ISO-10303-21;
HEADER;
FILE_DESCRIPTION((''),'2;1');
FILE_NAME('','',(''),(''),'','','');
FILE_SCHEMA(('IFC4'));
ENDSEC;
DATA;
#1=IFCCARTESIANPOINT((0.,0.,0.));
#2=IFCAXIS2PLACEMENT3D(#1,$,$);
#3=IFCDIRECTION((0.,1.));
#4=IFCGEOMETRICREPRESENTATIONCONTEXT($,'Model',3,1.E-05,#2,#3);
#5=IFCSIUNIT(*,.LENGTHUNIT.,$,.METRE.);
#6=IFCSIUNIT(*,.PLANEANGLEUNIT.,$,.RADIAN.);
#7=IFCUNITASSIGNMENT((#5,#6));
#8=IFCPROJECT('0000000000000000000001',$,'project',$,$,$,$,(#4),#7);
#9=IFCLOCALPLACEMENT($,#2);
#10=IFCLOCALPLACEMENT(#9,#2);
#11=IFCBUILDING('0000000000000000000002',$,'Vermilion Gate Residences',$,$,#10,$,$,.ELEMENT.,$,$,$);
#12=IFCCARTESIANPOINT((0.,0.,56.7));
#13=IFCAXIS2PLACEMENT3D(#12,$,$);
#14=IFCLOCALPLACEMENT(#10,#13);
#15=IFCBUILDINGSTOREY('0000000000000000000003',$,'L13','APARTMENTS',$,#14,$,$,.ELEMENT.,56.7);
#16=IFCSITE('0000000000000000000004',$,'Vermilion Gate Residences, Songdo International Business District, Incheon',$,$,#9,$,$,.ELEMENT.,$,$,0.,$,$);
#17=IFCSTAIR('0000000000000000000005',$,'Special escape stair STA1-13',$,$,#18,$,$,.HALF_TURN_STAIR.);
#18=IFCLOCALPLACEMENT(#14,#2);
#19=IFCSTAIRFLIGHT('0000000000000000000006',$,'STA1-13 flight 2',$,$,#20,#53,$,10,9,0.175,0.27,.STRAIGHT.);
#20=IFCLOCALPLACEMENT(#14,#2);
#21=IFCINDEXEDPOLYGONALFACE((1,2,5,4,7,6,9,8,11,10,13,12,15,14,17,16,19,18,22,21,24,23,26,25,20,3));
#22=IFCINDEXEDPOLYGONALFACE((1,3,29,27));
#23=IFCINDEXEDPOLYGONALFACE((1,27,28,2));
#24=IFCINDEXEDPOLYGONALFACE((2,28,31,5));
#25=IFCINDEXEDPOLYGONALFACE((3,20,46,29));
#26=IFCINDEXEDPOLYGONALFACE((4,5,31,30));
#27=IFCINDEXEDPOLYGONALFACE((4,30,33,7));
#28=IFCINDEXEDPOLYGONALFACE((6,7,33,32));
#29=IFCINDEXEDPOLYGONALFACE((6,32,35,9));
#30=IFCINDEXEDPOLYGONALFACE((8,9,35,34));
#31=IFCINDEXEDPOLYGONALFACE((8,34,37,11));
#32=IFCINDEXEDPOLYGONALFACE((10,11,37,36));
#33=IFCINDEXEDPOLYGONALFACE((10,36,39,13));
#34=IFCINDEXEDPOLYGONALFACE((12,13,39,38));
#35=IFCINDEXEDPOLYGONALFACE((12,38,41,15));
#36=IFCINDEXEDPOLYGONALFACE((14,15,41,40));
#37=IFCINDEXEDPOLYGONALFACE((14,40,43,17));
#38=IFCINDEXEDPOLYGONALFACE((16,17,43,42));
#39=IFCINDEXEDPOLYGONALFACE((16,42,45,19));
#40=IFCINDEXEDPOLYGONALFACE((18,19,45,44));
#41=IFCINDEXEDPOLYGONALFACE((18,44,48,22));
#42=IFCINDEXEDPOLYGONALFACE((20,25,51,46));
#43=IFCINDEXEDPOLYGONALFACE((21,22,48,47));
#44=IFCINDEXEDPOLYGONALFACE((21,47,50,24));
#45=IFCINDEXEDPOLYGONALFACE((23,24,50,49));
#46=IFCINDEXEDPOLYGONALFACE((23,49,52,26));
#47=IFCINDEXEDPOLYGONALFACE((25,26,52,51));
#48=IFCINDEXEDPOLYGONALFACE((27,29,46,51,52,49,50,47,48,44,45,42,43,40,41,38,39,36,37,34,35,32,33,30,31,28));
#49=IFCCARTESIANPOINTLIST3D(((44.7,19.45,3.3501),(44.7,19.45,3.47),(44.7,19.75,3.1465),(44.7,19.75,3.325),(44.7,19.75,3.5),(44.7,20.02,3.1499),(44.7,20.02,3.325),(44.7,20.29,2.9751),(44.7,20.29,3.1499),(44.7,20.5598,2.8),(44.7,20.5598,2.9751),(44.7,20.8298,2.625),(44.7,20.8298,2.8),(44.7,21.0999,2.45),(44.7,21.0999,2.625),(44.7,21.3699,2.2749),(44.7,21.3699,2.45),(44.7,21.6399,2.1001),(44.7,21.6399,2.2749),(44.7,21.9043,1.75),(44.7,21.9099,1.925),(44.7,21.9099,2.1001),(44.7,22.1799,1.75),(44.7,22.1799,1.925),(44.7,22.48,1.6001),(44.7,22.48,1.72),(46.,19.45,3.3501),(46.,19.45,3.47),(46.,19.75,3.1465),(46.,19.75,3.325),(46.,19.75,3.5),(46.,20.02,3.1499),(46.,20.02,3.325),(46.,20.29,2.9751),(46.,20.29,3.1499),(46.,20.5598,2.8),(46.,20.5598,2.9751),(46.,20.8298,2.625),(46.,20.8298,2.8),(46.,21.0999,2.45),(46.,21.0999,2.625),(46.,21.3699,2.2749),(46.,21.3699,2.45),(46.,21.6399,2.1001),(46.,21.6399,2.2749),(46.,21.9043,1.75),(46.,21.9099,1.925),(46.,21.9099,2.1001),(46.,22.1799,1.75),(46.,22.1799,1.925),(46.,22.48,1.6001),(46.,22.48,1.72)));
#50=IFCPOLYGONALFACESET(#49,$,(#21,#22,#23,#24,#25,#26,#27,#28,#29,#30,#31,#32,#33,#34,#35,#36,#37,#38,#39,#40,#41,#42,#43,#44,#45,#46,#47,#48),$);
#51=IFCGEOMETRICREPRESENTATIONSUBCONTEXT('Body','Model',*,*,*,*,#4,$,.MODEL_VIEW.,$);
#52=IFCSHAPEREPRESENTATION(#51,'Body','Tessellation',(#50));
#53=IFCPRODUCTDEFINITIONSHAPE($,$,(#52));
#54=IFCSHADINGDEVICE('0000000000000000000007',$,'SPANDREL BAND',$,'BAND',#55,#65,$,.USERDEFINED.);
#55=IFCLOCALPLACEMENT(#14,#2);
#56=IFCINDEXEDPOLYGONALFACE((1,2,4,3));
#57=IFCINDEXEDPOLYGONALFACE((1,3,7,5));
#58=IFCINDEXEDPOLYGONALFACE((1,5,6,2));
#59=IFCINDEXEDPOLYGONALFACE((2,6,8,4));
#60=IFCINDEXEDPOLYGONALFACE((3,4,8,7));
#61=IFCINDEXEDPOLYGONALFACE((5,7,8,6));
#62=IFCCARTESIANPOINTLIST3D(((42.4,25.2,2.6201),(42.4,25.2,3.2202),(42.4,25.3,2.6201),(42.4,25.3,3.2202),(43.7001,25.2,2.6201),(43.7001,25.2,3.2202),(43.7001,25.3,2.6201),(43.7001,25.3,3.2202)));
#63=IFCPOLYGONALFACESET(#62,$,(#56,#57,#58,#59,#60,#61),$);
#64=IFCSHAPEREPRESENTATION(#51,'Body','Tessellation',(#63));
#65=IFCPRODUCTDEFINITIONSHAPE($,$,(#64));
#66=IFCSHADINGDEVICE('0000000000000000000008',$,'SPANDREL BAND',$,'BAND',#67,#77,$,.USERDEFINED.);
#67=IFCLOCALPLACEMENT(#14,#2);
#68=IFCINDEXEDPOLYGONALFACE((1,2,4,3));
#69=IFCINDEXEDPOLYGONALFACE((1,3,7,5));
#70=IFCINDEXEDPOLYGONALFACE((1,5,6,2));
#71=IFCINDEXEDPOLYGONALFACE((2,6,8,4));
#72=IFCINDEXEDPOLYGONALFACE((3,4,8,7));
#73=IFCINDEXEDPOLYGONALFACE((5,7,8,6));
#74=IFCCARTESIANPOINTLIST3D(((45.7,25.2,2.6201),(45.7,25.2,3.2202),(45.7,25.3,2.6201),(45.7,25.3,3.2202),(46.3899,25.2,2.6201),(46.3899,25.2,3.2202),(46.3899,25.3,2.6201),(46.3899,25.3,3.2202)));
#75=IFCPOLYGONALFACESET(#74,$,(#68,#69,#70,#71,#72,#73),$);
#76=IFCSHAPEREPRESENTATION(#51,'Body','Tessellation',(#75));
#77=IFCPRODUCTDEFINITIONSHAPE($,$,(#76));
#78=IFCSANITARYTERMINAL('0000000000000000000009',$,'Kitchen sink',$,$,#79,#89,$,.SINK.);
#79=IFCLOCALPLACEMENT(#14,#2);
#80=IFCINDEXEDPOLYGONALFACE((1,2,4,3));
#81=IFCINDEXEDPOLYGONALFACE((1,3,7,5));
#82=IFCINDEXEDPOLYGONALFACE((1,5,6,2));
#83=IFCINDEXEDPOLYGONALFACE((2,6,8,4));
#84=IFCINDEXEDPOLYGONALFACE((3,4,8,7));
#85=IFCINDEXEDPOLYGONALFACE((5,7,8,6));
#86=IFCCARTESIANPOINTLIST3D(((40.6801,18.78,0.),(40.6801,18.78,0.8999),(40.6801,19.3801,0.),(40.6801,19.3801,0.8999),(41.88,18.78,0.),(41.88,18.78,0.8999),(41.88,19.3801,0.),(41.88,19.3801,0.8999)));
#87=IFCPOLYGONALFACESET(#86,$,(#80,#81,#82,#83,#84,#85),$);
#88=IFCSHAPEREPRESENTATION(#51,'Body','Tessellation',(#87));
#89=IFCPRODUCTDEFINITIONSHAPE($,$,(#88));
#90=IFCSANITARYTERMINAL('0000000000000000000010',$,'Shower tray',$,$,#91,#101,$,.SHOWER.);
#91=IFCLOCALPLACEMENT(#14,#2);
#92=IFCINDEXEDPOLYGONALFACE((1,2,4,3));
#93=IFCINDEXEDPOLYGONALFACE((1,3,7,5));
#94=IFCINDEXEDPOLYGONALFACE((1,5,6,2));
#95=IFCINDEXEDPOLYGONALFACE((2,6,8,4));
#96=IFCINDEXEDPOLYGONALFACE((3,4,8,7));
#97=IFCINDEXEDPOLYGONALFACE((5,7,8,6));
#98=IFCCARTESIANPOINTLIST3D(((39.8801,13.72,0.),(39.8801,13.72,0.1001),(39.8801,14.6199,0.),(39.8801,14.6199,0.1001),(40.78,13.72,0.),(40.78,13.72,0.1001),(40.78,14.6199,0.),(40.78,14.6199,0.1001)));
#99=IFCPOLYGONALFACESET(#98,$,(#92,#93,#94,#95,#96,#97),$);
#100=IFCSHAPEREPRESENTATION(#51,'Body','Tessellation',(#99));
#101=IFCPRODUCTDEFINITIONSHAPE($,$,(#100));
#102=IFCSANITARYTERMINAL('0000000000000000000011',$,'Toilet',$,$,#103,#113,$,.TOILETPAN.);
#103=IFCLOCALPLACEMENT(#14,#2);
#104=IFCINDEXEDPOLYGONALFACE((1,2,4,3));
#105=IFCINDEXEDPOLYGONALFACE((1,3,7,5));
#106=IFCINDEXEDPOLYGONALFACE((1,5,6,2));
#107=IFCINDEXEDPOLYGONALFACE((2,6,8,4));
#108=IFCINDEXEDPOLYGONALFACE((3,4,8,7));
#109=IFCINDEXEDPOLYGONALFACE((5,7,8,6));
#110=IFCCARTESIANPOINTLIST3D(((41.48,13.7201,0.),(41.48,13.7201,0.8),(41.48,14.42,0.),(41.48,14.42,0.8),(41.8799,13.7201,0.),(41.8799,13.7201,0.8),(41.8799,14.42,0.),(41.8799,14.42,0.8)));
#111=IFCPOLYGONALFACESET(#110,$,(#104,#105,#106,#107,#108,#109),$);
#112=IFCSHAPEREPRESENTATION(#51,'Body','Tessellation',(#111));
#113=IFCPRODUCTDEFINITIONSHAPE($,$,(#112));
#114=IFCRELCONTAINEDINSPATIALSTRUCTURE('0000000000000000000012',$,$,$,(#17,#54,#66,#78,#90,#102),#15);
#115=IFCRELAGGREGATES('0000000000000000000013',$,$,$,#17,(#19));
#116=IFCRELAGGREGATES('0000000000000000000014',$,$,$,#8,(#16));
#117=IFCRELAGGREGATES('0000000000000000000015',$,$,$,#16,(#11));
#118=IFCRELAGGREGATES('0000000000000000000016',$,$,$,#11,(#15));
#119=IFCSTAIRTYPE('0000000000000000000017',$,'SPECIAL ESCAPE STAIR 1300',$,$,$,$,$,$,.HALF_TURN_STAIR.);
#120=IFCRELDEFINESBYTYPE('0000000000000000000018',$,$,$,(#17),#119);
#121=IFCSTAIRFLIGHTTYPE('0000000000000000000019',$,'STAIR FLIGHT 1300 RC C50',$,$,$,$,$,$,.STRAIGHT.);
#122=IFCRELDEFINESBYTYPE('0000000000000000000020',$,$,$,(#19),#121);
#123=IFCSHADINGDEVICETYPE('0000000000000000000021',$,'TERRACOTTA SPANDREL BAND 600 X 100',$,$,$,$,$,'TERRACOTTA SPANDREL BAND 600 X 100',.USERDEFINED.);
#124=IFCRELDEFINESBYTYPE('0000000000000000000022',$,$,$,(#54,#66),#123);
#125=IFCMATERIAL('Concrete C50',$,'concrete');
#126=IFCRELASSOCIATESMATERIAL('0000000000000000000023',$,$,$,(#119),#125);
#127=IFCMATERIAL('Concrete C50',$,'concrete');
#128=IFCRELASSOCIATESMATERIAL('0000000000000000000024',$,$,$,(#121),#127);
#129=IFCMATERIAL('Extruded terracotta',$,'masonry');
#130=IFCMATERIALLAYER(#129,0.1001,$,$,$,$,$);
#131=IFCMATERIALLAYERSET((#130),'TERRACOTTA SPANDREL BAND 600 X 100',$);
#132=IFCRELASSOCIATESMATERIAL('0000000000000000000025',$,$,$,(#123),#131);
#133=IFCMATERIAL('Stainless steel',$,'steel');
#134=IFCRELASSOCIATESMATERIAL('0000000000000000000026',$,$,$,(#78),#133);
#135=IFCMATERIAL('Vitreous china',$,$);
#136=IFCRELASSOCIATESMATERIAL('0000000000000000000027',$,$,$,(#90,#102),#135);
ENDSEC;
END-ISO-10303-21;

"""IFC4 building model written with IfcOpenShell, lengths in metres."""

from ifc_helpers import new_model, si_unit, direction, frame, origin, origin_2d, place, context, subcontext, project, spatial, polyline, rectangle, outline, extrude, material, layer, layer_set, type_object, element, aggregate, save


model = new_model("IFC4")

# Units and contexts
model_context = context("Model", 3, precision=1e-05, world=origin(), true_north=direction((0.0, 1.0)))
body_context = subcontext(model_context, "Body", "Model", "MODEL_VIEW")
ifc_project = project(units=[si_unit("LENGTHUNIT", "METRE"), si_unit("PLANEANGLEUNIT", "RADIAN")], contexts=[model_context])

# Site, building, storey
site_placement = place(None, origin())
site = spatial("IfcSite", under=ifc_project, at=site_placement, Name="Vermilion Gate Residences, Songdo International Business District, Incheon", CompositionType="ELEMENT", RefElevation=0.0)
building_placement = place(site_placement, origin())
building = spatial("IfcBuilding", under=site, at=building_placement, Name="Vermilion Gate Residences", CompositionType="ELEMENT")
storey_placement = place(building_placement, frame((0.0, 0.0, 56.7)))
storey = spatial("IfcBuildingStorey", under=building, at=storey_placement, Name="L13", Description="APARTMENTS", CompositionType="ELEMENT", Elevation=56.7)

# Stair, stair flight
ifc_material_1 = material(Name="Concrete C50", Category="concrete")
stair_type = type_object("IfcStairType", Name="SPECIAL ESCAPE STAIR 1300", PredefinedType="HALF_TURN_STAIR", material=ifc_material_1)
stair_placement = place(storey_placement, origin())
stair = element("IfcStair", 1, at=stair_placement, inside=storey, type_object=stair_type, Name="Special escape stair STA1-13", PredefinedType="HALF_TURN_STAIR")
ifc_material_2 = material(Name="Concrete C50", Category="concrete")
stair_flight_type = type_object("IfcStairFlightType", Name="STAIR FLIGHT 1300 RC C50", PredefinedType="STRAIGHT", material=ifc_material_2)
stair_flight_1_placement = place(storey_placement, frame((45.3501, 22.1799, 1.75), z_axis=(0.0, 0.0, 1.0), x_axis=(0.0, -1.0, 0.0)))
stair_flight_1 = element("IfcStairFlight", 2, at=stair_flight_1_placement, type_object=stair_flight_type, Name="STA1-13 flight 2", NumberOfRisers=10, NumberOfTreads=9, PredefinedType="STRAIGHT", RiserHeight=0.175, TreadLength=0.27, context=body_context, shape_type="SweptSolid", body=[
    extrude(outline(polyline([(-0.3, -0.1499), (-0.3, -0.03), (0.0, 0.0), (0.0, 0.175), (0.27, 0.175), (0.27, 0.3501), (0.54, 0.3501), (0.54, 0.5249), (0.8101, 0.5249), (0.8101, 0.7), (1.0801, 0.7), (1.0801, 0.875), (1.3501, 0.875), (1.3501, 1.05), (1.6201, 1.05), (1.6201, 1.2251), (1.8899, 1.2251), (1.8899, 1.3999), (2.1599, 1.3999), (2.1599, 1.575), (2.4299, 1.575), (2.4299, 1.75), (2.73, 1.72), (2.73, 1.6001), (2.4299, 1.3965), (0.2756, 0.0), (-0.3, -0.1499)])), frame((0.0, 0.6499, 0.0), z_axis=(0.0, -1.0, 0.0), x_axis=(1.0, 0.0, 0.0)), (0.0, 0.0, 1.0), 1.3),
])
aggregate(stair, [stair_flight_1])

# Shading devices
ifc_material_3 = material(Name="Extruded terracotta", Category="masonry")
ifc_layer_1 = layer(ifc_material_3, 0.1001)
ifc_layer_set_1 = layer_set([ifc_layer_1], Name="TERRACOTTA SPANDREL BAND 600 X 100")
shading_device_type = type_object("IfcShadingDeviceType", Name="TERRACOTTA SPANDREL BAND 600 X 100", ElementType="TERRACOTTA SPANDREL BAND 600 X 100", PredefinedType="USERDEFINED", material=ifc_layer_set_1)
shading_device_1_placement = place(storey_placement, frame((43.05, 25.25, 2.6201), z_axis=(0.0, 0.0, 1.0), x_axis=(1.0, 0.0, 0.0)))
element("IfcShadingDevice", 3, at=shading_device_1_placement, inside=storey, type_object=shading_device_type, Name="SPANDREL BAND", ObjectType="BAND", PredefinedType="USERDEFINED", context=body_context, shape_type="SweptSolid", body=[
    extrude(rectangle(XDim=1.3, YDim=0.1001, at=origin_2d()), origin(), (0.0, 0.0, 1.0), 0.6001),
])
shading_device_2_placement = place(storey_placement, frame((46.0449, 25.25, 2.6201), z_axis=(0.0, 0.0, 1.0), x_axis=(1.0, 0.0, 0.0)))
element("IfcShadingDevice", 4, at=shading_device_2_placement, inside=storey, type_object=shading_device_type, Name="SPANDREL BAND", ObjectType="BAND", PredefinedType="USERDEFINED", context=body_context, shape_type="SweptSolid", body=[
    extrude(rectangle(XDim=0.6899, YDim=0.1001, at=origin_2d()), origin(), (0.0, 0.0, 1.0), 0.6001),
])

# Sanitary terminals
ifc_material_4 = material(Name="Stainless steel", Category="steel")
sanitary_terminal_1_placement = place(storey_placement, frame((41.28, 19.0801, 0.0), z_axis=(0.0, 0.0, 1.0), x_axis=(1.0, 0.0, 0.0)))
element("IfcSanitaryTerminal", 5, at=sanitary_terminal_1_placement, inside=storey, material=ifc_material_4, Name="Kitchen sink", PredefinedType="SINK", context=body_context, shape_type="SweptSolid", body=[
    extrude(rectangle(XDim=1.2, YDim=0.6001, at=origin_2d()), origin(), (0.0, 0.0, 1.0), 0.8999),
])
ifc_material_5 = material(Name="Vitreous china")
sanitary_terminal_2_placement = place(storey_placement, frame((40.3301, 14.1699, 0.0), z_axis=(0.0, 0.0, 1.0), x_axis=(1.0, 0.0, 0.0)))
element("IfcSanitaryTerminal", 6, at=sanitary_terminal_2_placement, inside=storey, material=ifc_material_5, Name="Shower tray", PredefinedType="SHOWER", context=body_context, shape_type="SweptSolid", body=[
    extrude(rectangle(XDim=0.8999, YDim=0.8999, at=origin_2d()), origin(), (0.0, 0.0, 1.0), 0.1001),
])
sanitary_terminal_3_placement = place(storey_placement, frame((41.6799, 14.0701, 0.0), z_axis=(0.0, 0.0, 1.0), x_axis=(1.0, 0.0, 0.0)))
element("IfcSanitaryTerminal", 7, at=sanitary_terminal_3_placement, inside=storey, material=ifc_material_5, Name="Toilet", PredefinedType="TOILETPAN", context=body_context, shape_type="SweptSolid", body=[
    extrude(rectangle(XDim=0.3999, YDim=0.7, at=origin_2d()), origin(), (0.0, 0.0, 1.0), 0.8),
])

save(model, "model.ifc")
